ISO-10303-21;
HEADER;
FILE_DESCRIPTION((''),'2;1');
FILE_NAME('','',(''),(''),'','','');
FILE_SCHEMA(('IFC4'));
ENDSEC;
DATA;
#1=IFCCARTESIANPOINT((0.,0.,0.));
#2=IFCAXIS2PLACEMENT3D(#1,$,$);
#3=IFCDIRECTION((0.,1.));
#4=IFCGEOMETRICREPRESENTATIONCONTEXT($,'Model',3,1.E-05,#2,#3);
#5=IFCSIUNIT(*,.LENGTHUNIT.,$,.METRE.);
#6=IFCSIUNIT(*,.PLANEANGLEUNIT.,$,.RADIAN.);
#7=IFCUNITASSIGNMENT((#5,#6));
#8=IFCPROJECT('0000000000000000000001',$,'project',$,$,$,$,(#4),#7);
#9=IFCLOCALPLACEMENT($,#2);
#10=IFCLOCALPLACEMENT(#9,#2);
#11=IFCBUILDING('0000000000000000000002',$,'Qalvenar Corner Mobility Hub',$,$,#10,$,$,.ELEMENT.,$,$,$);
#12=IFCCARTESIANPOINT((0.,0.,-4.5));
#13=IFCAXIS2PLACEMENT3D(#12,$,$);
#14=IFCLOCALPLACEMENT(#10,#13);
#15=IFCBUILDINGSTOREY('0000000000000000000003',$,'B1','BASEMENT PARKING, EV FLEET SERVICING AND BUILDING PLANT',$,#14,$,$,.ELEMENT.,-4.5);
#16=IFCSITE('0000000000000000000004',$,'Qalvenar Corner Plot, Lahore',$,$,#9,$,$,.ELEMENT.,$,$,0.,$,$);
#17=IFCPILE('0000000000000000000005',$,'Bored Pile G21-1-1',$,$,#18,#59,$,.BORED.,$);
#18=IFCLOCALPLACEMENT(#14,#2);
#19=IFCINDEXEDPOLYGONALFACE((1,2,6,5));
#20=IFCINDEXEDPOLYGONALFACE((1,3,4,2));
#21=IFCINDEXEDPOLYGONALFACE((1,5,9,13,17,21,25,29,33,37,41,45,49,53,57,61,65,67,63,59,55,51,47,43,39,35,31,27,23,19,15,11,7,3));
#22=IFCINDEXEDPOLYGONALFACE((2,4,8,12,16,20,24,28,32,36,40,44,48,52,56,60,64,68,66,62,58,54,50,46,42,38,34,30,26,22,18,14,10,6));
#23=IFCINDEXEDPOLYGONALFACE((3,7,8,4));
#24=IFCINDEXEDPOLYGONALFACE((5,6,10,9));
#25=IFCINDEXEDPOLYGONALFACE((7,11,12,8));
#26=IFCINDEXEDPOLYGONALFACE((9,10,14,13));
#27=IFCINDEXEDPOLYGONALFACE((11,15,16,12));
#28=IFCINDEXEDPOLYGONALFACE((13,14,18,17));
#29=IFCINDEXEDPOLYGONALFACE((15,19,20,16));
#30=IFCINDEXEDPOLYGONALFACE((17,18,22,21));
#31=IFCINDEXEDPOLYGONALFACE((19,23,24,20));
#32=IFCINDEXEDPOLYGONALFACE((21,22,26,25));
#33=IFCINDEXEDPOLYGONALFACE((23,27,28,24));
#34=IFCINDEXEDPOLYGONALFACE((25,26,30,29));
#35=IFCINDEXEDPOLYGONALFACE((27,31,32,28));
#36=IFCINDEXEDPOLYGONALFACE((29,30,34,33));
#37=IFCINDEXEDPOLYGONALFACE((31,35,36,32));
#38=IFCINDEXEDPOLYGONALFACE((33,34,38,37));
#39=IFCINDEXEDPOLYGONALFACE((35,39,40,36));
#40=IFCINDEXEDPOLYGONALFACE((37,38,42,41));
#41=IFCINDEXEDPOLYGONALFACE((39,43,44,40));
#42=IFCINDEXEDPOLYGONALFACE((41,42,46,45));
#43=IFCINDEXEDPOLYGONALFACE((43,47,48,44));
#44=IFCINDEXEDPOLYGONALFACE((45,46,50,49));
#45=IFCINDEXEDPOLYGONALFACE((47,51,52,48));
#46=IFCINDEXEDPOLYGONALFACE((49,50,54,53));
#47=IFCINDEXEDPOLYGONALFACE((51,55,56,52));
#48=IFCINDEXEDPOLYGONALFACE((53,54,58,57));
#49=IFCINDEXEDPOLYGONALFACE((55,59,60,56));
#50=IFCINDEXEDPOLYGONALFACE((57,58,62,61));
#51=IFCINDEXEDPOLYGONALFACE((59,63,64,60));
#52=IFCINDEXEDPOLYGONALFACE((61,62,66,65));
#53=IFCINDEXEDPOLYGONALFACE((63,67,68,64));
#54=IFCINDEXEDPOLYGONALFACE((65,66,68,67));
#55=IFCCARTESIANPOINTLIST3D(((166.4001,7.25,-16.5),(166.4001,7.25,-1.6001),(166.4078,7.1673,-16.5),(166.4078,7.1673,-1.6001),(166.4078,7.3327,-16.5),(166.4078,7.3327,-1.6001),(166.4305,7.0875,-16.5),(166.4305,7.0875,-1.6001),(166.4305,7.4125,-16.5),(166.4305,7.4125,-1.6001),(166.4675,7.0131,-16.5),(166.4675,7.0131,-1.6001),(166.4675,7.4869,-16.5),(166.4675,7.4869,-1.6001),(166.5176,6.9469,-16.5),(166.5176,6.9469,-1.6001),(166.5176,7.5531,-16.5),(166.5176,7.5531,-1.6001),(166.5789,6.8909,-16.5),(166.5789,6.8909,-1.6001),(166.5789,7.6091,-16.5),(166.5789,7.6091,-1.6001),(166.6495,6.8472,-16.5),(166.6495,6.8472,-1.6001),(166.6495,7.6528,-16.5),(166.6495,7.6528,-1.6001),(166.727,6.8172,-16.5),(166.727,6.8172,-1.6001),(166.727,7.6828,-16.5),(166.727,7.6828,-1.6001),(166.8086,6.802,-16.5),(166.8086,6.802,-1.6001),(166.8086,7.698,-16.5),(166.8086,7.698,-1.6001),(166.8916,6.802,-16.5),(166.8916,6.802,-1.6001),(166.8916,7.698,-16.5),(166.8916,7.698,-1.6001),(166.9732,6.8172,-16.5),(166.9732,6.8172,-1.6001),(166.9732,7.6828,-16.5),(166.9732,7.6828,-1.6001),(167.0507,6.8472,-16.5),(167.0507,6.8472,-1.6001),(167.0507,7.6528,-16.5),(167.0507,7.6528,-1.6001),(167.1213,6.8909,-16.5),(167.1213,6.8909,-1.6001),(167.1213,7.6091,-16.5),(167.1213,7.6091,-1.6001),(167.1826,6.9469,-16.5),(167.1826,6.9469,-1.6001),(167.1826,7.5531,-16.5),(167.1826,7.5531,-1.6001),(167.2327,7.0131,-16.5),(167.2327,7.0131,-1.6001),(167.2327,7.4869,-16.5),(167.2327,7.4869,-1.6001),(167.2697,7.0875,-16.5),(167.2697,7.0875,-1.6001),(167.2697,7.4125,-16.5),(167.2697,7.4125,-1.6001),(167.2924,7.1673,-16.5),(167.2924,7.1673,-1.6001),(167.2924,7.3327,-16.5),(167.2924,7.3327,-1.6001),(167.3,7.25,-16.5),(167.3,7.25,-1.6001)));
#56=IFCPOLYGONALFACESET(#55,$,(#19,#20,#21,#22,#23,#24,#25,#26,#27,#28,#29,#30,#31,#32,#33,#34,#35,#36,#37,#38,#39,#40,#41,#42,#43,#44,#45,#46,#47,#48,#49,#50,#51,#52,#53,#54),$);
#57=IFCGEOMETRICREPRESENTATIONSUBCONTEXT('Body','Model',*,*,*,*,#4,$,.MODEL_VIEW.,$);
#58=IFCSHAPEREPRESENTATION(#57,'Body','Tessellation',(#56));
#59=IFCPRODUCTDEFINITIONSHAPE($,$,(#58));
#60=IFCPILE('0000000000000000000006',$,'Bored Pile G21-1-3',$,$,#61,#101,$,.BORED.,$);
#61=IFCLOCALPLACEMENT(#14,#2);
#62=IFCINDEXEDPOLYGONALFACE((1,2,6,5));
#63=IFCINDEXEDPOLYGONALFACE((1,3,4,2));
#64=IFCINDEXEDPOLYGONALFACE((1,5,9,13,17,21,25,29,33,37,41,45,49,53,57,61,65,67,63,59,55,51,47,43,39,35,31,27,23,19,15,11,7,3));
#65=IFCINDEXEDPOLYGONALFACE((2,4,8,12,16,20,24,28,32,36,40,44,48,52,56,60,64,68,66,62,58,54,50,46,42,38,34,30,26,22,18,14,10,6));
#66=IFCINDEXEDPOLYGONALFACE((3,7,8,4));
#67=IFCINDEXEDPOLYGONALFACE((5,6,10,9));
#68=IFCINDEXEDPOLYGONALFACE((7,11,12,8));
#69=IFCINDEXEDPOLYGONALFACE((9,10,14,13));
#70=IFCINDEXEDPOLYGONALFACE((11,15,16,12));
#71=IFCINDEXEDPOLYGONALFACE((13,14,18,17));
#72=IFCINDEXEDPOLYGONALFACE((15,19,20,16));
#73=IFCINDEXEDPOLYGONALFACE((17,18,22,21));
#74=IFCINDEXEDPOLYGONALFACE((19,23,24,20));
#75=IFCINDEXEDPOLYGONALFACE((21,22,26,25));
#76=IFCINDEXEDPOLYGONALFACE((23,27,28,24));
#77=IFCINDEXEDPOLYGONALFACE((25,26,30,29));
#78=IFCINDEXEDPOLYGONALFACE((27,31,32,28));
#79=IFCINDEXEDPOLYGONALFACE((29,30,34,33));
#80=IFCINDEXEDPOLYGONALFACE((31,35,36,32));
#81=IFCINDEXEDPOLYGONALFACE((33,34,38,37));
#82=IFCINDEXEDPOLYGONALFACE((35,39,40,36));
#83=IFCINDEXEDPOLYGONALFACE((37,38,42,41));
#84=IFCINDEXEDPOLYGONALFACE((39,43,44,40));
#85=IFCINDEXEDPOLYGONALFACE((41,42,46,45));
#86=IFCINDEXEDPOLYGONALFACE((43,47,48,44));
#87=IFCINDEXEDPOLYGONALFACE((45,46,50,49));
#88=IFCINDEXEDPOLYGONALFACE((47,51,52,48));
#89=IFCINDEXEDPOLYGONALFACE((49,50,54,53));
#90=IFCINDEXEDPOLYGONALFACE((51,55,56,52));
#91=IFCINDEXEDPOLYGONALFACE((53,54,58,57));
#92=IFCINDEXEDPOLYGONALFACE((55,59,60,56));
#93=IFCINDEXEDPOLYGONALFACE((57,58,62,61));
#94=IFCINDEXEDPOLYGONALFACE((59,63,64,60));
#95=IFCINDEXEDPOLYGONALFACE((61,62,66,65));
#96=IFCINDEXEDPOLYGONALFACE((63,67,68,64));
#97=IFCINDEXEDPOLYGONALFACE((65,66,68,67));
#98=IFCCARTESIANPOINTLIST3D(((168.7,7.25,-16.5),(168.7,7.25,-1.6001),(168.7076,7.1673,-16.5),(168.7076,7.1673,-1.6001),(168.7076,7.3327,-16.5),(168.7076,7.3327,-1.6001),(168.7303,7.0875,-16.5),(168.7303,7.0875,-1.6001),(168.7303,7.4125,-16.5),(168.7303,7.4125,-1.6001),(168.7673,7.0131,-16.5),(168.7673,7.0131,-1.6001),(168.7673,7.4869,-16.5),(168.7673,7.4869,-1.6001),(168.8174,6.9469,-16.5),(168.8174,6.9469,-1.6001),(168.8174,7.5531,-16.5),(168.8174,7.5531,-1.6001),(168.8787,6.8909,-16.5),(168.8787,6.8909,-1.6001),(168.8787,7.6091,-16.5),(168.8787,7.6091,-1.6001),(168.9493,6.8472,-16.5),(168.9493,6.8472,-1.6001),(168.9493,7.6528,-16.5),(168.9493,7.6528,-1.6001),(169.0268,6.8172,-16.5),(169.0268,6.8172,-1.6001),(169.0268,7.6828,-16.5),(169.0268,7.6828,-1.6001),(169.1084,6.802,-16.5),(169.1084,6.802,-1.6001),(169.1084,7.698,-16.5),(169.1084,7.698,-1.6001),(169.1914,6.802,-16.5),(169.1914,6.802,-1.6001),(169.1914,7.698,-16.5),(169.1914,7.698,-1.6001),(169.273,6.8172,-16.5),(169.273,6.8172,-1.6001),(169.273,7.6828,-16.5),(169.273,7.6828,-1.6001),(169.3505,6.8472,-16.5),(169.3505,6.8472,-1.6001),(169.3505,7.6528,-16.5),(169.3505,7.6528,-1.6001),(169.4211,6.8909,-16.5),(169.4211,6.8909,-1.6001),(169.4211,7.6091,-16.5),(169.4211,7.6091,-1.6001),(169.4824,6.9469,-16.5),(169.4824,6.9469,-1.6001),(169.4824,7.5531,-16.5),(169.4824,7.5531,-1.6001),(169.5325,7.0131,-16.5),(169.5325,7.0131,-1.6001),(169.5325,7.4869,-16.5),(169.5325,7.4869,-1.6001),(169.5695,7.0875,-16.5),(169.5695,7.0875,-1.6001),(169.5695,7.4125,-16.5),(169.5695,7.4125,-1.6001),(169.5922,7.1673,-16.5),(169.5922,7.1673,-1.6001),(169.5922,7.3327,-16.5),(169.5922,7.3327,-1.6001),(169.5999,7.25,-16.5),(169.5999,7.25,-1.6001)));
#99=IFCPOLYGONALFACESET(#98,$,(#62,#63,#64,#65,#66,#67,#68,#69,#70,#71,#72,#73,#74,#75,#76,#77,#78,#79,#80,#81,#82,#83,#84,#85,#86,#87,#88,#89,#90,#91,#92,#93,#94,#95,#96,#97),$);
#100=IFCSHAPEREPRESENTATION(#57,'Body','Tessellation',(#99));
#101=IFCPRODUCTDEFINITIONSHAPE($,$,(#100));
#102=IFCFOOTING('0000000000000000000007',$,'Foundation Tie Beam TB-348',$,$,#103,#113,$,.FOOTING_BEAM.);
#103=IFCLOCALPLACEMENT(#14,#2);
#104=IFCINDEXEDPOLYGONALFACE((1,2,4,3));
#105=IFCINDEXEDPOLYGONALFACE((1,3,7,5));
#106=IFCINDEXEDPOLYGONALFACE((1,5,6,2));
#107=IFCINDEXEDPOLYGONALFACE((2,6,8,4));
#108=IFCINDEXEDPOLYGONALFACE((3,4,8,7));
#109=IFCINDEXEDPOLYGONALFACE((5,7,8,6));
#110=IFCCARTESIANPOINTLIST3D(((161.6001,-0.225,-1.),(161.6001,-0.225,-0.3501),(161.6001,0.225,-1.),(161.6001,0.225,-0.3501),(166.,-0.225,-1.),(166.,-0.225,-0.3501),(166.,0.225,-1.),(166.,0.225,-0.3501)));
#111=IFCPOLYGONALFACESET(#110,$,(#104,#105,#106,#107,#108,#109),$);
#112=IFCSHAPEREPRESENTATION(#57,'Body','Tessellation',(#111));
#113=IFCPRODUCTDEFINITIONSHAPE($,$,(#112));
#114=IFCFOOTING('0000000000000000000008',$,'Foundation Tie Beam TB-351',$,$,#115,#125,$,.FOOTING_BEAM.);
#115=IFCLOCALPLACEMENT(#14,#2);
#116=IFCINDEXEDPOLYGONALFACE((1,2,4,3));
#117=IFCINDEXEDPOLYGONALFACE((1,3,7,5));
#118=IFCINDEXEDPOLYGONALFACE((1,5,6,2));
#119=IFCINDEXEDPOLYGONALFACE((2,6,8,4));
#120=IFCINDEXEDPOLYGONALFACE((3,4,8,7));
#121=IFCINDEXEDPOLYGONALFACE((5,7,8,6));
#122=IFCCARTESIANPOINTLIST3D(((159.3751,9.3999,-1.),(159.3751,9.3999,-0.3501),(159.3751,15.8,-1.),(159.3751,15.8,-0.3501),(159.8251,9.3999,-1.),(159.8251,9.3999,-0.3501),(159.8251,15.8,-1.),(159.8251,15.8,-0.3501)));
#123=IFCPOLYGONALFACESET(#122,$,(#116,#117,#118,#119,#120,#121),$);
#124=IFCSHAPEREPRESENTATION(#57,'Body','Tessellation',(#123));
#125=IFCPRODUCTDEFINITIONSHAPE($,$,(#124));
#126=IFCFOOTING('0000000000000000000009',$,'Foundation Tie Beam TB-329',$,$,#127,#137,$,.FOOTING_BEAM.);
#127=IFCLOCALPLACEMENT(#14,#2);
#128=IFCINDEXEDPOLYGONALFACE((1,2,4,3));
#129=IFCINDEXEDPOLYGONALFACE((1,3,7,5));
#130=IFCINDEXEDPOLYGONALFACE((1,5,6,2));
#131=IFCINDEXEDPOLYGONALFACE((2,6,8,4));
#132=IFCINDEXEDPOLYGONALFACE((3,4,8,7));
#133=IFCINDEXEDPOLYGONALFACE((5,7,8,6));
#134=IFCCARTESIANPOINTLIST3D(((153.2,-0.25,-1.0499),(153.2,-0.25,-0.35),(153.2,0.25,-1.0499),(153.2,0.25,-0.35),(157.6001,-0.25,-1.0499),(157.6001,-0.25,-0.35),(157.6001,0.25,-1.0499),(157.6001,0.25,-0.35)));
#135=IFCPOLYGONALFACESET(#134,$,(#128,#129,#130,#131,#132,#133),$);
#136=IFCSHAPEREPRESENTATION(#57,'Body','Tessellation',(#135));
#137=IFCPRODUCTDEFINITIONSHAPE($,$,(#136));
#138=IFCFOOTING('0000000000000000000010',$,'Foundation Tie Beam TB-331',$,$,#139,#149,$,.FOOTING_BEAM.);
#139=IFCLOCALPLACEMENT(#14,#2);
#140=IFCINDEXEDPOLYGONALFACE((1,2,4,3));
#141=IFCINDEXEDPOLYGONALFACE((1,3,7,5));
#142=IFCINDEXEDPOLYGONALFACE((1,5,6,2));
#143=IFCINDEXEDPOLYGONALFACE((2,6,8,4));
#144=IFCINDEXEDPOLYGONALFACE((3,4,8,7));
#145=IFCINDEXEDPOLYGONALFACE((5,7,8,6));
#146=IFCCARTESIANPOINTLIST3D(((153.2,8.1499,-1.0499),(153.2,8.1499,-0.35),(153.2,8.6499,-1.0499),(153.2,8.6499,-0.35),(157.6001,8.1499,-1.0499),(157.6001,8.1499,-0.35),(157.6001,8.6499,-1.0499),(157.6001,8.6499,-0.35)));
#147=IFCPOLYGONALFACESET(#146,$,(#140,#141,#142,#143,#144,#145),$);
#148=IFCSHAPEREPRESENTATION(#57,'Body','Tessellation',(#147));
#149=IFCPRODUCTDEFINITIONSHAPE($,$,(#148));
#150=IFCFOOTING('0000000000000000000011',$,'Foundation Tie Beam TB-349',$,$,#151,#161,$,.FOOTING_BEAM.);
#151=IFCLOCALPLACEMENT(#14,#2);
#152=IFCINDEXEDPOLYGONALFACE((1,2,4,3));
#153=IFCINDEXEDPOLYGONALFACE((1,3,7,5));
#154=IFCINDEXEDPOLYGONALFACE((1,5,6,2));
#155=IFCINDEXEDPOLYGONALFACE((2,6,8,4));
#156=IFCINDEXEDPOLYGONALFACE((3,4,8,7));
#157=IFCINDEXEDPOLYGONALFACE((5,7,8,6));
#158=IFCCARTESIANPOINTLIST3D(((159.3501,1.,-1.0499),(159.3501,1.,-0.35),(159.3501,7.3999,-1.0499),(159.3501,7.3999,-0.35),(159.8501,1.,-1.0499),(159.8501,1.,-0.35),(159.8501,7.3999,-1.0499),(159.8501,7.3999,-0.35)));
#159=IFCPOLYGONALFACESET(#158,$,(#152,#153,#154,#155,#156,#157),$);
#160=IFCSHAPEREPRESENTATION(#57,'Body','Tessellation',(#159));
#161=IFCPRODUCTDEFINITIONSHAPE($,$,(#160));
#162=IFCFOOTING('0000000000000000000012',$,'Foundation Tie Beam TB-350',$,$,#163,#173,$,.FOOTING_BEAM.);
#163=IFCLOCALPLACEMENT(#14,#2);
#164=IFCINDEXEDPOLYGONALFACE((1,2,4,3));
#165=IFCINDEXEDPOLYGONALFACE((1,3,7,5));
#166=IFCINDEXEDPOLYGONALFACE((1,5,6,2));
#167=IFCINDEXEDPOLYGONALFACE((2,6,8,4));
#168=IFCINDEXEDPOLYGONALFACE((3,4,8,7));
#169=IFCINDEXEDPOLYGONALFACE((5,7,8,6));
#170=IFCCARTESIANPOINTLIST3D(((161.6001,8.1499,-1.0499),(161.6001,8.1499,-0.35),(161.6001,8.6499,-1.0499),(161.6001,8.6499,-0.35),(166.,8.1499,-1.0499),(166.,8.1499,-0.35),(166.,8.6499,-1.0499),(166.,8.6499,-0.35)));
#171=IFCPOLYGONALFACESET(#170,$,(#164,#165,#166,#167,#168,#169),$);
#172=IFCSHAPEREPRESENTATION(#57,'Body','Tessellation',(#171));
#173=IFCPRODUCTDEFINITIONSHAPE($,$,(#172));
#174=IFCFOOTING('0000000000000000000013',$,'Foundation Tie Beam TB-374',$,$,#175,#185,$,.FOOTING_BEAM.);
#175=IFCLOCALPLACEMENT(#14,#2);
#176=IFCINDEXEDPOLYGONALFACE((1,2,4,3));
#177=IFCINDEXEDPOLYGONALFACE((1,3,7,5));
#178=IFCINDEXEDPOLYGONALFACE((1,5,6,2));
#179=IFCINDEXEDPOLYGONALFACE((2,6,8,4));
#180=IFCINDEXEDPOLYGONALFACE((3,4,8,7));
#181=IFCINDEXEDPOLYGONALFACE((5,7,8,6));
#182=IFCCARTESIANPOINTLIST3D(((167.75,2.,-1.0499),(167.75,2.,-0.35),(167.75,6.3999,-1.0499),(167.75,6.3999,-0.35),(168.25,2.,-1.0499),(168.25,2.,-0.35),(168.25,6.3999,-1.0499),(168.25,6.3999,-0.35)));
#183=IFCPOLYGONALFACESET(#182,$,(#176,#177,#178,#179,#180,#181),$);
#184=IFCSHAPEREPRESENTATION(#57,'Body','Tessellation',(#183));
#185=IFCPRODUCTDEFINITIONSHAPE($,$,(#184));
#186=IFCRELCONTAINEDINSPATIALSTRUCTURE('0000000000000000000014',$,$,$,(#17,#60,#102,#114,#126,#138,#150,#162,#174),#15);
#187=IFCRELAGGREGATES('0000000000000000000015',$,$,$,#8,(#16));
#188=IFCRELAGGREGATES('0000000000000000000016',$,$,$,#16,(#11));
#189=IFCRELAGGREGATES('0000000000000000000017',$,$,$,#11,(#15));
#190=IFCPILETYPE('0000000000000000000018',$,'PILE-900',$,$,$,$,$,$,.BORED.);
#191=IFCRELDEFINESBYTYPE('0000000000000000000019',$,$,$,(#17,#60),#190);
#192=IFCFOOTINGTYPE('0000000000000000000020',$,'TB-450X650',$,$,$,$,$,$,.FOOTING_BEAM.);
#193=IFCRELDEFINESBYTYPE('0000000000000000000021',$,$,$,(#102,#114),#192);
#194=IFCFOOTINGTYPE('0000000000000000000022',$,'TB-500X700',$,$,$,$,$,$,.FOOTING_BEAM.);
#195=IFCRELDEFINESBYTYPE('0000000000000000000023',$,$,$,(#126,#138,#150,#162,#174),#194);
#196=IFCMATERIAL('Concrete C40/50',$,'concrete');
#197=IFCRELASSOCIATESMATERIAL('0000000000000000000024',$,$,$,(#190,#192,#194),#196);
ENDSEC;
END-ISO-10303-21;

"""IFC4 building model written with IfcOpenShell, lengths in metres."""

from ifc_helpers import new_model, si_unit, direction, frame, origin, origin_2d, place, context, subcontext, project, spatial, rectangle, circle, extrude, material, material_profile, profile_set, type_object, element, save


model = new_model("IFC4")

# Units and contexts
model_context = context("Model", 3, precision=1e-05, world=origin(), true_north=direction((0.0, 1.0)))
body_context = subcontext(model_context, "Body", "Model", "MODEL_VIEW")
ifc_project = project(units=[si_unit("LENGTHUNIT", "METRE"), si_unit("PLANEANGLEUNIT", "RADIAN")], contexts=[model_context])

# Site, building, storey
site_placement = place(None, origin())
site = spatial("IfcSite", under=ifc_project, at=site_placement, Name="Qalvenar Corner Plot, Lahore", CompositionType="ELEMENT", RefElevation=0.0)
building_placement = place(site_placement, origin())
building = spatial("IfcBuilding", under=site, at=building_placement, Name="Qalvenar Corner Mobility Hub", CompositionType="ELEMENT")
storey_placement = place(building_placement, frame((0.0, 0.0, -4.5)))
storey = spatial("IfcBuildingStorey", under=building, at=storey_placement, Name="B1", Description="BASEMENT PARKING, EV FLEET SERVICING AND BUILDING PLANT", CompositionType="ELEMENT", Elevation=-4.5)

# Shared definitions
ifc_material_1 = material(Name="Concrete C40/50", Category="concrete")

# Piles
ifc_material_profile_1 = material_profile(ifc_material_1, circle(Radius=0.45, at=origin_2d()), Name="DIA900")
ifc_profile_set_1 = profile_set([ifc_material_profile_1], Name="Concrete C40/50")
pile_type = type_object("IfcPileType", Name="PILE-900", PredefinedType="BORED", material=ifc_profile_set_1)
for number, where, z_axis, x_axis, name in (
    (1, (166.8501, 7.25, -1.6001), (0.0, 0.0, -1.0), (1.0, 0.0, 0.0), "Bored Pile G21-1-1"),
    (2, (169.1499, 7.25, -1.6001), (0.0, 0.0, -1.0), (1.0, 0.0, 0.0), "Bored Pile G21-1-3"),
):
    element("IfcPile", number, at=place(storey_placement, frame(where, z_axis=z_axis, x_axis=x_axis)), inside=storey, type_object=pile_type, Name=name, PredefinedType="BORED", context=body_context, shape_type="SweptSolid", body=[
        extrude(circle(Radius=0.45, at=origin_2d()), origin(), (0.0, 0.0, 1.0), 14.8999),
    ])

# Footings
ifc_material_profile_2 = material_profile(ifc_material_1, rectangle(XDim=0.45, YDim=0.6499, at=origin_2d()), Name="RC450x650")
ifc_profile_set_2 = profile_set([ifc_material_profile_2], Name="Concrete C40/50")
footing_type_1 = type_object("IfcFootingType", Name="TB-450X650", PredefinedType="FOOTING_BEAM", material=ifc_profile_set_2)
footing_1_placement = place(storey_placement, frame((161.6001, 0.0, -0.675), z_axis=(1.0, 0.0, 0.0), x_axis=(0.0, 1.0, 0.0)))
element("IfcFooting", 3, at=footing_1_placement, inside=storey, type_object=footing_type_1, Name="Foundation Tie Beam TB-348", PredefinedType="FOOTING_BEAM", context=body_context, shape_type="SweptSolid", body=[
    extrude(rectangle(XDim=0.45, YDim=0.6499, at=origin_2d()), origin(), (0.0, 0.0, 1.0), 4.3999),
])
footing_2_placement = place(storey_placement, frame((159.6001, 9.3999, -0.675), z_axis=(0.0, 1.0, 0.0), x_axis=(-1.0, 0.0, 0.0)))
element("IfcFooting", 4, at=footing_2_placement, inside=storey, type_object=footing_type_1, Name="Foundation Tie Beam TB-351", PredefinedType="FOOTING_BEAM", context=body_context, shape_type="SweptSolid", body=[
    extrude(rectangle(XDim=0.45, YDim=0.6499, at=origin_2d()), origin(), (0.0, 0.0, 1.0), 6.4001),
])
ifc_material_profile_3 = material_profile(ifc_material_1, rectangle(XDim=0.5, YDim=0.7, at=origin_2d()), Name="RC500x700")
ifc_profile_set_3 = profile_set([ifc_material_profile_3], Name="Concrete C40/50")
footing_type_2 = type_object("IfcFootingType", Name="TB-500X700", PredefinedType="FOOTING_BEAM", material=ifc_profile_set_3)
for number, where, z_axis, x_axis, name in (
    (5, (153.2, 0.0, -0.7), (1.0, 0.0, 0.0), (0.0, 1.0, 0.0), "Foundation Tie Beam TB-329"),
    (6, (153.2, 8.3999, -0.7), (1.0, 0.0, 0.0), (0.0, 1.0, 0.0), "Foundation Tie Beam TB-331"),
):
    element("IfcFooting", number, at=place(storey_placement, frame(where, z_axis=z_axis, x_axis=x_axis)), inside=storey, type_object=footing_type_2, Name=name, PredefinedType="FOOTING_BEAM", context=body_context, shape_type="SweptSolid", body=[
        extrude(rectangle(XDim=0.5, YDim=0.7, at=origin_2d()), origin(), (0.0, 0.0, 1.0), 4.4001),
    ])
footing_3_placement = place(storey_placement, frame((159.6001, 1.0, -0.7), z_axis=(0.0, 1.0, 0.0), x_axis=(-1.0, 0.0, 0.0)))
element("IfcFooting", 7, at=footing_3_placement, inside=storey, type_object=footing_type_2, Name="Foundation Tie Beam TB-349", PredefinedType="FOOTING_BEAM", context=body_context, shape_type="SweptSolid", body=[
    extrude(rectangle(XDim=0.5, YDim=0.7, at=origin_2d()), origin(), (0.0, 0.0, 1.0), 6.3999),
])
for number, where, z_axis, x_axis, name in (
    (8, (161.6001, 8.3999, -0.7), (1.0, 0.0, 0.0), (0.0, 1.0, 0.0), "Foundation Tie Beam TB-350"),
    (9, (168.0, 2.0, -0.7), (0.0, 1.0, 0.0), (-1.0, 0.0, 0.0), "Foundation Tie Beam TB-374"),
):
    element("IfcFooting", number, at=place(storey_placement, frame(where, z_axis=z_axis, x_axis=x_axis)), inside=storey, type_object=footing_type_2, Name=name, PredefinedType="FOOTING_BEAM", context=body_context, shape_type="SweptSolid", body=[
        extrude(rectangle(XDim=0.5, YDim=0.7, at=origin_2d()), origin(), (0.0, 0.0, 1.0), 4.3999),
    ])

save(model, "model.ifc")
